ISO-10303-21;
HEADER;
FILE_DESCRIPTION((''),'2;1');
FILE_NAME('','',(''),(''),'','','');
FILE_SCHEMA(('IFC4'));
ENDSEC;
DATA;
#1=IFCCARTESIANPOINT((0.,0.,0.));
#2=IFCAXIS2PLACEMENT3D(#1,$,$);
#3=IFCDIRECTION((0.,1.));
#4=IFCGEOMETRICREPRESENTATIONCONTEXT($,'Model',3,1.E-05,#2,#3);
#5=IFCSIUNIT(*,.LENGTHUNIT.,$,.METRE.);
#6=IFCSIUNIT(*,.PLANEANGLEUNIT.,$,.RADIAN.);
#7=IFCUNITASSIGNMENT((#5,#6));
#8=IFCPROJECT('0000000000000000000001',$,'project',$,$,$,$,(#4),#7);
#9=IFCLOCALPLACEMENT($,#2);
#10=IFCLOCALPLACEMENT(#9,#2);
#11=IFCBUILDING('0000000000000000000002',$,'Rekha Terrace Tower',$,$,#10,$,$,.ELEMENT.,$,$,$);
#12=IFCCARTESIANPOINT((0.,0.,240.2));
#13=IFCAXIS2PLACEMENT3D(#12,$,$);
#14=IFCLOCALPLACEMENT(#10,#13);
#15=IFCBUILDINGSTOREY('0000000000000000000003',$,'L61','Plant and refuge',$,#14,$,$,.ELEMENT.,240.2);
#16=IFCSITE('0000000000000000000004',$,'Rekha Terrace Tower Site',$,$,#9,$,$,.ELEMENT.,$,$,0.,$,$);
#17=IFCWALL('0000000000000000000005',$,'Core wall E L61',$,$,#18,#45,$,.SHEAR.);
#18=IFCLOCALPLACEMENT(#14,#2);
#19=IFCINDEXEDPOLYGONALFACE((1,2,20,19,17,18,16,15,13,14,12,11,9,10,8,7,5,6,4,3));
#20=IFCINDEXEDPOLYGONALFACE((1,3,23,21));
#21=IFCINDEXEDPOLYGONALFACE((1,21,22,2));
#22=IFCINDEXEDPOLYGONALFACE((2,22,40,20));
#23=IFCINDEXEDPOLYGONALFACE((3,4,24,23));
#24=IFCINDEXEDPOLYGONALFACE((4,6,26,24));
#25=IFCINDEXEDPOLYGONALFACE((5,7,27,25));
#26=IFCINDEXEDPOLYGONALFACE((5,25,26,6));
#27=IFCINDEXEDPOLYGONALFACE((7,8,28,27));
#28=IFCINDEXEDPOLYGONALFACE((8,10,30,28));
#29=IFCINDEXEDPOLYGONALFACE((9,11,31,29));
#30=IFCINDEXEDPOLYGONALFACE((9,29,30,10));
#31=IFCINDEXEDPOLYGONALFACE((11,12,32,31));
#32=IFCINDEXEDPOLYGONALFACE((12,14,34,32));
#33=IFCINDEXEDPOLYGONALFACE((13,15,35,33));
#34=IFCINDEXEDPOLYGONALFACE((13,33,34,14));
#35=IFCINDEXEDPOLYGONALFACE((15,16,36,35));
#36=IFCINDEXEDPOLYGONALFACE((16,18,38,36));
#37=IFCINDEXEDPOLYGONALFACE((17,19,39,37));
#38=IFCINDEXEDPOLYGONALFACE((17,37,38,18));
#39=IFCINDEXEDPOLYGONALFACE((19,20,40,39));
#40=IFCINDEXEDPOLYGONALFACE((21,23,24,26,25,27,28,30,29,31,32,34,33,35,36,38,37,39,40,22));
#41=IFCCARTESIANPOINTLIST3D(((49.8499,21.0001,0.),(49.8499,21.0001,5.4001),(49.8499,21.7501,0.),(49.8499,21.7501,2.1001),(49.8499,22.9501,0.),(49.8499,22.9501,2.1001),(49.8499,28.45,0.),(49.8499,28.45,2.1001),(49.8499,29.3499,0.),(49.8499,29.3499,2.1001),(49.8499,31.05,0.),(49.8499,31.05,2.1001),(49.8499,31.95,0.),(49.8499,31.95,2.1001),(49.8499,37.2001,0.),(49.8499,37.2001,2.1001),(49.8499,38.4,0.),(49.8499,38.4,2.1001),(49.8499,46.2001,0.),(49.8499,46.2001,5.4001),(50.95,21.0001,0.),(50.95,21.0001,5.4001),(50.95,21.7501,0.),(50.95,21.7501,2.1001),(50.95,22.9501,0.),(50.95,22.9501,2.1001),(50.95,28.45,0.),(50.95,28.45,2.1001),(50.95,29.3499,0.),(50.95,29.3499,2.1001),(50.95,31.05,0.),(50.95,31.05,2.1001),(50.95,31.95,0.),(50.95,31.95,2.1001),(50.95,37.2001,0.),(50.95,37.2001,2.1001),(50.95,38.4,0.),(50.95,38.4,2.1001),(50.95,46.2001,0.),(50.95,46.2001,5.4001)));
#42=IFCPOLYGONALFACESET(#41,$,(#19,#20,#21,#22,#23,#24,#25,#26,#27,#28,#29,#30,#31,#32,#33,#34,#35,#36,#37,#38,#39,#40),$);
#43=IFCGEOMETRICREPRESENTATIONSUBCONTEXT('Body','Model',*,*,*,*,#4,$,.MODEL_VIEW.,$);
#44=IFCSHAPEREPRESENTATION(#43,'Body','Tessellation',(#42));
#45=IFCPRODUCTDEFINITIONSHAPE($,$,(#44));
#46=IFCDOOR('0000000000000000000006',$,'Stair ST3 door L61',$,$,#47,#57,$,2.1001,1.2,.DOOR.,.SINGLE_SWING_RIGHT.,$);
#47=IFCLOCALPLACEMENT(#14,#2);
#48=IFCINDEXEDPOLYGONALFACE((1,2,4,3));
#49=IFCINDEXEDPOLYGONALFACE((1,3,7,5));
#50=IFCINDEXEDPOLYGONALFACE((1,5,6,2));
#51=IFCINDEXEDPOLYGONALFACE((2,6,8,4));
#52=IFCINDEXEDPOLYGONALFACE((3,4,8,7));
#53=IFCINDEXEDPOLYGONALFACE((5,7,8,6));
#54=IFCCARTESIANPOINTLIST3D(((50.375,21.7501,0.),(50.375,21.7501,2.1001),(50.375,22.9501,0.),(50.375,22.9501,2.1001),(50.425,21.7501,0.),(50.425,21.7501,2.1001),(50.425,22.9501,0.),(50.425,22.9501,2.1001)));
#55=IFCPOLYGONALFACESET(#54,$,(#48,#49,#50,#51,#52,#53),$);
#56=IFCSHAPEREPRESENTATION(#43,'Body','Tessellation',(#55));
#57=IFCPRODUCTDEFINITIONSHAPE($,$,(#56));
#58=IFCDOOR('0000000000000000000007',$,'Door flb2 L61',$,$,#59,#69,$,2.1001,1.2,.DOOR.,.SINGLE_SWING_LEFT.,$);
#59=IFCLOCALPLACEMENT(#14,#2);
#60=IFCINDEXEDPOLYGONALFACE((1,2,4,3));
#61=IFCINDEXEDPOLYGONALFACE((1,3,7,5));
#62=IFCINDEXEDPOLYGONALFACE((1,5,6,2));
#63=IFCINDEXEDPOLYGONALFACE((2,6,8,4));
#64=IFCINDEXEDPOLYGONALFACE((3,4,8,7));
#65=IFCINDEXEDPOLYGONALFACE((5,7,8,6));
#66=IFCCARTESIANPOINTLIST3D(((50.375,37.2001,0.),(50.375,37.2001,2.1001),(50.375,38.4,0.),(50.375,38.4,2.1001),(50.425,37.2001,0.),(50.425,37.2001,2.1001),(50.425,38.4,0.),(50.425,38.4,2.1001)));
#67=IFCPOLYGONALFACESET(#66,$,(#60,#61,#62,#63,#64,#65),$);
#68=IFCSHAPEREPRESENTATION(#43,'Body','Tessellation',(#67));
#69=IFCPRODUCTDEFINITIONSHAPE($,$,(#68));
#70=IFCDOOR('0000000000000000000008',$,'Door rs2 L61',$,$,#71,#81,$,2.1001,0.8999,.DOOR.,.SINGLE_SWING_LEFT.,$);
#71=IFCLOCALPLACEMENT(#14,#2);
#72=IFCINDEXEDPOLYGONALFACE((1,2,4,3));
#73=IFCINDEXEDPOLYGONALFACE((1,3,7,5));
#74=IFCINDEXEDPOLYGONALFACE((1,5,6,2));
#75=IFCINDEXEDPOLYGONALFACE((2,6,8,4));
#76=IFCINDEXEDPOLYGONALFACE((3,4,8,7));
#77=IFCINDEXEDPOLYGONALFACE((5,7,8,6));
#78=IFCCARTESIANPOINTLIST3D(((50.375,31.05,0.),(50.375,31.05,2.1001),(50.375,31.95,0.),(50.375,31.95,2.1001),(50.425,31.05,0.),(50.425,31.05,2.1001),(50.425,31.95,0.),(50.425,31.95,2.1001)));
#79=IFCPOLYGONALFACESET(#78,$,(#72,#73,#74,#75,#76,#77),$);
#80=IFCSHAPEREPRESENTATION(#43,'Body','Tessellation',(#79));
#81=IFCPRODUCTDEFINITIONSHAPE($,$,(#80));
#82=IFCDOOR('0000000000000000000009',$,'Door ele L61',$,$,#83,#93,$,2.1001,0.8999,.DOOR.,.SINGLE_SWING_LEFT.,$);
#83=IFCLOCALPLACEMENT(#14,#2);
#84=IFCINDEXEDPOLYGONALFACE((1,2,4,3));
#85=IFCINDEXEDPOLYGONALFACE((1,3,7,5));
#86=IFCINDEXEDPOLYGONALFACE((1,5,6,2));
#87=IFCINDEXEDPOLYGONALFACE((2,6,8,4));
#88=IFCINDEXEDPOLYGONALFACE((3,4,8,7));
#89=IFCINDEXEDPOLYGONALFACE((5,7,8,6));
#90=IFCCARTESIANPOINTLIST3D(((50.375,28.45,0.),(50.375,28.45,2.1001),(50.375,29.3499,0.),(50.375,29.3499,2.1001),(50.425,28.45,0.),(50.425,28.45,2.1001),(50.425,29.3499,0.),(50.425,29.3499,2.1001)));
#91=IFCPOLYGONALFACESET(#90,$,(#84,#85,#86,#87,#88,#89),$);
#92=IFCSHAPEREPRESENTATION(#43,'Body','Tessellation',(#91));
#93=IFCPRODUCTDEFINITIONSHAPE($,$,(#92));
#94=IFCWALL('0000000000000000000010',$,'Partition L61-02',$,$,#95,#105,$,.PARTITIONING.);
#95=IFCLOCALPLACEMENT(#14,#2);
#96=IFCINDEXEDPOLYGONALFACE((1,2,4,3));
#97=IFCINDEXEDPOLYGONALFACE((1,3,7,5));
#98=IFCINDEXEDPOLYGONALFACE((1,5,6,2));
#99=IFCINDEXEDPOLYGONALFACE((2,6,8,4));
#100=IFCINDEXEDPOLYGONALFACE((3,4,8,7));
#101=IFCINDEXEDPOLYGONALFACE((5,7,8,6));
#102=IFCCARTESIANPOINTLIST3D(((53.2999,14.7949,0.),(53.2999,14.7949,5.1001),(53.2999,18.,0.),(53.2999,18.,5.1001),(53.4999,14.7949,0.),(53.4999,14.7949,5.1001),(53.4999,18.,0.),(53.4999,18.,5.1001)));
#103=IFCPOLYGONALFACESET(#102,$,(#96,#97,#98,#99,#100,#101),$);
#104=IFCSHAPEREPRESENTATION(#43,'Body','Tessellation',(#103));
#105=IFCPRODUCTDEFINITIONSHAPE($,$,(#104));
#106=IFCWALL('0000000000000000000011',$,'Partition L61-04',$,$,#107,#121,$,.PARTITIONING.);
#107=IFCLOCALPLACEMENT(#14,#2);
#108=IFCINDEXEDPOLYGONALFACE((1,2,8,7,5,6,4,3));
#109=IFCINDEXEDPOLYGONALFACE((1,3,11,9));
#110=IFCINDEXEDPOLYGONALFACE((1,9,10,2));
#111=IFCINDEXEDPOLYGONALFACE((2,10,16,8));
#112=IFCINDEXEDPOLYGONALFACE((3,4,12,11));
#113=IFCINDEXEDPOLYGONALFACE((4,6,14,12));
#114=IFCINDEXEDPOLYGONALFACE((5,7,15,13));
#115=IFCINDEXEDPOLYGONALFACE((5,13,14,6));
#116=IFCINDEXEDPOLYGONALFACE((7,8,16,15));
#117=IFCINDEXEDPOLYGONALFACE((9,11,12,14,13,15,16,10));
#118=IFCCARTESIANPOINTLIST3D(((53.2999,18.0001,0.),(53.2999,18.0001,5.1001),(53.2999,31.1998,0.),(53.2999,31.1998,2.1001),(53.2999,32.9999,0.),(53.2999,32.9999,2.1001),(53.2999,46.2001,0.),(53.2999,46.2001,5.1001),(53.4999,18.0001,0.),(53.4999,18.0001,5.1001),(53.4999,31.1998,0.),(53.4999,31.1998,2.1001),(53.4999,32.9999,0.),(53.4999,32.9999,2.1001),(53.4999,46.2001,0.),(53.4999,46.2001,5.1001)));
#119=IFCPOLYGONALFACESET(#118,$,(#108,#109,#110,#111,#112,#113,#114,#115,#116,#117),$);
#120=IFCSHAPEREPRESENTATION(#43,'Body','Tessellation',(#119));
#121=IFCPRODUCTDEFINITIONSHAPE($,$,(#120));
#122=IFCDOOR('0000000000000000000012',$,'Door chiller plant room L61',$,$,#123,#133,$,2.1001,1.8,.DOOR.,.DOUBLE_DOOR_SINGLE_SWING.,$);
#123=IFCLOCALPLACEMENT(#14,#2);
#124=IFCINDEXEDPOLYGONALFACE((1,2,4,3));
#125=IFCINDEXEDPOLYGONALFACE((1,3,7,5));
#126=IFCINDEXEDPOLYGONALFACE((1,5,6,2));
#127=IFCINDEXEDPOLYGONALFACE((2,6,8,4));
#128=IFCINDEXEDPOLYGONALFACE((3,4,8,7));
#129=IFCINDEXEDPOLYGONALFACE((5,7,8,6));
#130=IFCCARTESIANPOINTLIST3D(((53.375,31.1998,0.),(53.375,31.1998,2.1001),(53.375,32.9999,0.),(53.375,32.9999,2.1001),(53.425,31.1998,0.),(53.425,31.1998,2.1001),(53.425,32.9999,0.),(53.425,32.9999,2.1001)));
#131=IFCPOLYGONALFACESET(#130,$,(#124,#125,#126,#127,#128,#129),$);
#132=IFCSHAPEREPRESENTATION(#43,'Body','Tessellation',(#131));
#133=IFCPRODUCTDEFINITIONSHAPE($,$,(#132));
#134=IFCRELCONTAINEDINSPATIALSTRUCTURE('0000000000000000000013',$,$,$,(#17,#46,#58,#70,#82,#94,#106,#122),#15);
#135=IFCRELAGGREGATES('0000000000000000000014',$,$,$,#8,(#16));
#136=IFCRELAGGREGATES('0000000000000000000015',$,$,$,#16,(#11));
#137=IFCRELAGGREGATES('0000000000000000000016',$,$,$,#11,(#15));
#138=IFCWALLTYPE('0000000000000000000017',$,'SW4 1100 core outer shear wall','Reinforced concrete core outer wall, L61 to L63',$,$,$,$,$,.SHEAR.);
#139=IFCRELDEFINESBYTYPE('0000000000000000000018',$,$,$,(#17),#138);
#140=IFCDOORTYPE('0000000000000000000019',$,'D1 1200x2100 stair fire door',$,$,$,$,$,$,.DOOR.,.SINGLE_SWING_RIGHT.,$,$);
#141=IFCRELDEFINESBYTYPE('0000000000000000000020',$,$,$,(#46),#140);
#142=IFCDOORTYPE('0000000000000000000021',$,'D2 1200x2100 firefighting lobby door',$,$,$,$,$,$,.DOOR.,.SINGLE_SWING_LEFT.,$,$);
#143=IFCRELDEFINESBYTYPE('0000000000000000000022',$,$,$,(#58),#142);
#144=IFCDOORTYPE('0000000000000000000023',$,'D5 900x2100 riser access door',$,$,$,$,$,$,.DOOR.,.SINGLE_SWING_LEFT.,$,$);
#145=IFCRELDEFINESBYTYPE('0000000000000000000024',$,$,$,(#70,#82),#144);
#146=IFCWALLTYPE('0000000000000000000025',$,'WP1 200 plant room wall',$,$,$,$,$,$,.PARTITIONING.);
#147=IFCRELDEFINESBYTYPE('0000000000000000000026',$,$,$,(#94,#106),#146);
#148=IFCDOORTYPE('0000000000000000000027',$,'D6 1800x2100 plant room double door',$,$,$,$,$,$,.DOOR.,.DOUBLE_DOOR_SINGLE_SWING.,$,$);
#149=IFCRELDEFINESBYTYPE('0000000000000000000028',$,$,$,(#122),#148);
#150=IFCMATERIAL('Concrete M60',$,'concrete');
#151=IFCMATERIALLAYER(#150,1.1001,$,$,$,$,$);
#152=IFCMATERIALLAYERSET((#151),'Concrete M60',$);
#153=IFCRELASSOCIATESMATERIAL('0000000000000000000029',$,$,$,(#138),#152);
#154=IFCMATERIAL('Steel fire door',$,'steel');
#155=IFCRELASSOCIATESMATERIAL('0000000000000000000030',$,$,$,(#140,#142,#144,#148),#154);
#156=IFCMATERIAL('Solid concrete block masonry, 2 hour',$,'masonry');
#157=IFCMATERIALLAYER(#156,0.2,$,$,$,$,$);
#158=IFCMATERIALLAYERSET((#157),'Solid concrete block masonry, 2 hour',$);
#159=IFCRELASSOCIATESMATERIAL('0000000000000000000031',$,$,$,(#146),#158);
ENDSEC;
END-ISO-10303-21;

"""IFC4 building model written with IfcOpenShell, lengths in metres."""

from ifc_helpers import new_model, si_unit, direction, frame, frame_2d, origin, place, context, subcontext, project, spatial, rectangle, extrude, material, layer, layer_set, type_object, element, fill, save


model = new_model("IFC4")

# Units and contexts
model_context = context("Model", 3, precision=1e-05, world=origin(), true_north=direction((0.0, 1.0)))
body_context = subcontext(model_context, "Body", "Model", "MODEL_VIEW")
ifc_project = project(units=[si_unit("LENGTHUNIT", "METRE"), si_unit("PLANEANGLEUNIT", "RADIAN")], contexts=[model_context])

# Site, building, storey
site_placement = place(None, origin())
site = spatial("IfcSite", under=ifc_project, at=site_placement, Name="Rekha Terrace Tower Site", CompositionType="ELEMENT", RefElevation=0.0)
building_placement = place(site_placement, origin())
building = spatial("IfcBuilding", under=site, at=building_placement, Name="Rekha Terrace Tower", CompositionType="ELEMENT")
storey_placement = place(building_placement, frame((0.0, 0.0, 240.2)))
storey = spatial("IfcBuildingStorey", under=building, at=storey_placement, Name="L61", Description="Plant and refuge", CompositionType="ELEMENT", Elevation=240.2)

# Wall, openings, doors
ifc_material_1 = material(Name="Concrete M60", Category="concrete")
ifc_layer_1 = layer(ifc_material_1, 1.1001)
ifc_layer_set_1 = layer_set([ifc_layer_1], Name="Concrete M60")
wall_type_1 = type_object("IfcWallType", Name="SW4 1100 core outer shear wall", Description="Reinforced concrete core outer wall, L61 to L63", PredefinedType="SHEAR", material=ifc_layer_set_1)
wall_1_placement = place(storey_placement, frame((50.3999, 21.0, 0.0), z_axis=(0.0, 0.0, 1.0), x_axis=(0.0, 1.0, 0.0)))
wall_1 = element("IfcWall", 1, at=wall_1_placement, inside=storey, type_object=wall_type_1, Name="Core wall E L61", PredefinedType="SHEAR", context=body_context, shape_type="SweptSolid", body=[
    extrude(rectangle(XDim=25.2, YDim=1.1001, at=frame_2d((12.6001, 0.0))), origin(), (0.0, 0.0, 1.0), 5.4001),
])
opening_1_placement = place(wall_1_placement, frame((16.2, 0.0, 0.0)))
opening_1 = element("IfcOpeningElement", 2, at=opening_1_placement, cuts=wall_1, PredefinedType="OPENING", context=body_context, shape_type="SweptSolid", body=[
    extrude(rectangle(XDim=1.2, YDim=2.1001, at=frame_2d((0.6001, 1.05))), frame((0.0, 0.5601, 0.0), z_axis=(0.0, -1.0, 0.0), x_axis=(1.0, 0.0, 0.0)), (0.0, 0.0, 1.0), 1.1201),
])
opening_2_placement = place(wall_1_placement, frame((10.05, 0.0, 0.0)))
opening_2 = element("IfcOpeningElement", 3, at=opening_2_placement, cuts=wall_1, PredefinedType="OPENING", context=body_context, shape_type="SweptSolid", body=[
    extrude(rectangle(XDim=0.8999, YDim=2.1001, at=frame_2d((0.45, 1.05))), frame((0.0, 0.5601, 0.0), z_axis=(0.0, -1.0, 0.0), x_axis=(1.0, 0.0, 0.0)), (0.0, 0.0, 1.0), 1.1201),
])
opening_3_placement = place(wall_1_placement, frame((7.45, 0.0, 0.0)))
opening_3 = element("IfcOpeningElement", 4, at=opening_3_placement, cuts=wall_1, PredefinedType="OPENING", context=body_context, shape_type="SweptSolid", body=[
    extrude(rectangle(XDim=0.8999, YDim=2.1001, at=frame_2d((0.45, 1.05))), frame((0.0, 0.5601, 0.0), z_axis=(0.0, -1.0, 0.0), x_axis=(1.0, 0.0, 0.0)), (0.0, 0.0, 1.0), 1.1201),
])
opening_4_placement = place(wall_1_placement, frame((0.75, 0.0, 0.0)))
opening_4 = element("IfcOpeningElement", 5, at=opening_4_placement, cuts=wall_1, PredefinedType="OPENING", context=body_context, shape_type="SweptSolid", body=[
    extrude(rectangle(XDim=1.2, YDim=2.1001, at=frame_2d((0.6001, 1.05))), frame((0.0, 0.5601, 0.0), z_axis=(0.0, -1.0, 0.0), x_axis=(1.0, 0.0, 0.0)), (0.0, 0.0, 1.0), 1.1201),
])
ifc_material_2 = material(Name="Steel fire door", Category="steel")
door_type_1 = type_object("IfcDoorType", Name="D1 1200x2100 stair fire door", OperationType="SINGLE_SWING_RIGHT", PredefinedType="DOOR", material=ifc_material_2)
door_1_placement = place(opening_4_placement, origin())
door_1 = element("IfcDoor", 6, at=door_1_placement, inside=storey, type_object=door_type_1, Name="Stair ST3 door L61", OperationType="SINGLE_SWING_RIGHT", OverallHeight=2.1001, OverallWidth=1.2, PredefinedType="DOOR", context=body_context, shape_type="SweptSolid", body=[
    extrude(rectangle(XDim=1.2, YDim=2.1001, at=frame_2d((0.6001, 1.05))), frame((0.0, 0.0249, 0.0), z_axis=(0.0, -1.0, 0.0), x_axis=(1.0, 0.0, 0.0)), (0.0, 0.0, 1.0), 0.05),
])
fill(opening_4, door_1)
door_type_2 = type_object("IfcDoorType", Name="D2 1200x2100 firefighting lobby door", OperationType="SINGLE_SWING_LEFT", PredefinedType="DOOR", material=ifc_material_2)
door_2_placement = place(opening_1_placement, origin())
door_2 = element("IfcDoor", 7, at=door_2_placement, inside=storey, type_object=door_type_2, Name="Door flb2 L61", OperationType="SINGLE_SWING_LEFT", OverallHeight=2.1001, OverallWidth=1.2, PredefinedType="DOOR", context=body_context, shape_type="SweptSolid", body=[
    extrude(rectangle(XDim=1.2, YDim=2.1001, at=frame_2d((0.6001, 1.05))), frame((0.0, 0.0249, 0.0), z_axis=(0.0, -1.0, 0.0), x_axis=(1.0, 0.0, 0.0)), (0.0, 0.0, 1.0), 0.05),
])
fill(opening_1, door_2)
door_type_3 = type_object("IfcDoorType", Name="D5 900x2100 riser access door", OperationType="SINGLE_SWING_LEFT", PredefinedType="DOOR", material=ifc_material_2)
door_3_placement = place(opening_2_placement, origin())
door_3 = element("IfcDoor", 8, at=door_3_placement, inside=storey, type_object=door_type_3, Name="Door rs2 L61", OperationType="SINGLE_SWING_LEFT", OverallHeight=2.1001, OverallWidth=0.8999, PredefinedType="DOOR", context=body_context, shape_type="SweptSolid", body=[
    extrude(rectangle(XDim=0.8999, YDim=2.1001, at=frame_2d((0.45, 1.05))), frame((0.0, 0.0249, 0.0), z_axis=(0.0, -1.0, 0.0), x_axis=(1.0, 0.0, 0.0)), (0.0, 0.0, 1.0), 0.05),
])
fill(opening_2, door_3)
door_4_placement = place(opening_3_placement, origin())
door_4 = element("IfcDoor", 9, at=door_4_placement, inside=storey, type_object=door_type_3, Name="Door ele L61", OperationType="SINGLE_SWING_LEFT", OverallHeight=2.1001, OverallWidth=0.8999, PredefinedType="DOOR", context=body_context, shape_type="SweptSolid", body=[
    extrude(rectangle(XDim=0.8999, YDim=2.1001, at=frame_2d((0.45, 1.05))), frame((0.0, 0.0249, 0.0), z_axis=(0.0, -1.0, 0.0), x_axis=(1.0, 0.0, 0.0)), (0.0, 0.0, 1.0), 0.05),
])
fill(opening_3, door_4)

# Wall
ifc_material_3 = material(Name="Solid concrete block masonry, 2 hour", Category="masonry")
ifc_layer_2 = layer(ifc_material_3, 0.2)
ifc_layer_set_2 = layer_set([ifc_layer_2], Name="Solid concrete block masonry, 2 hour")
wall_type_2 = type_object("IfcWallType", Name="WP1 200 plant room wall", PredefinedType="PARTITIONING", material=ifc_layer_set_2)
wall_2_placement = place(storey_placement, frame((53.3999, 18.0, 0.0), z_axis=(0.0, 0.0, 1.0), x_axis=(0.0, -1.0, 0.0)))
element("IfcWall", 10, at=wall_2_placement, inside=storey, type_object=wall_type_2, Name="Partition L61-02", PredefinedType="PARTITIONING", context=body_context, shape_type="SweptSolid", body=[
    extrude(rectangle(XDim=3.2051, YDim=0.2, at=frame_2d((1.6025, 0.0))), origin(), (0.0, 0.0, 1.0), 5.1001),
])

# Wall, opening, door
wall_3_placement = place(storey_placement, frame((53.3999, 18.0, 0.0), z_axis=(0.0, 0.0, 1.0), x_axis=(0.0, 1.0, 0.0)))
wall_3 = element("IfcWall", 11, at=wall_3_placement, inside=storey, type_object=wall_type_2, Name="Partition L61-04", PredefinedType="PARTITIONING", context=body_context, shape_type="SweptSolid", body=[
    extrude(rectangle(XDim=28.2, YDim=0.2, at=frame_2d((14.1001, 0.0))), origin(), (0.0, 0.0, 1.0), 5.1001),
])
opening_5_placement = place(wall_3_placement, frame((13.2, 0.0, 0.0)))
opening_5 = element("IfcOpeningElement", 12, at=opening_5_placement, cuts=wall_3, PredefinedType="OPENING", context=body_context, shape_type="SweptSolid", body=[
    extrude(rectangle(XDim=1.8, YDim=2.1001, at=frame_2d((0.8999, 1.05))), frame((0.0, 0.1099, 0.0), z_axis=(0.0, -1.0, 0.0), x_axis=(1.0, 0.0, 0.0)), (0.0, 0.0, 1.0), 0.22),
])
door_type_4 = type_object("IfcDoorType", Name="D6 1800x2100 plant room double door", OperationType="DOUBLE_DOOR_SINGLE_SWING", PredefinedType="DOOR", material=ifc_material_2)
door_5_placement = place(opening_5_placement, origin())
door_5 = element("IfcDoor", 13, at=door_5_placement, inside=storey, type_object=door_type_4, Name="Door chiller plant room L61", OperationType="DOUBLE_DOOR_SINGLE_SWING", OverallHeight=2.1001, OverallWidth=1.8, PredefinedType="DOOR", context=body_context, shape_type="SweptSolid", body=[
    extrude(rectangle(XDim=1.8, YDim=2.1001, at=frame_2d((0.8999, 1.05))), frame((0.0, 0.0249, 0.0), z_axis=(0.0, -1.0, 0.0), x_axis=(1.0, 0.0, 0.0)), (0.0, 0.0, 1.0), 0.05),
])
fill(opening_5, door_5)

save(model, "model.ifc")
